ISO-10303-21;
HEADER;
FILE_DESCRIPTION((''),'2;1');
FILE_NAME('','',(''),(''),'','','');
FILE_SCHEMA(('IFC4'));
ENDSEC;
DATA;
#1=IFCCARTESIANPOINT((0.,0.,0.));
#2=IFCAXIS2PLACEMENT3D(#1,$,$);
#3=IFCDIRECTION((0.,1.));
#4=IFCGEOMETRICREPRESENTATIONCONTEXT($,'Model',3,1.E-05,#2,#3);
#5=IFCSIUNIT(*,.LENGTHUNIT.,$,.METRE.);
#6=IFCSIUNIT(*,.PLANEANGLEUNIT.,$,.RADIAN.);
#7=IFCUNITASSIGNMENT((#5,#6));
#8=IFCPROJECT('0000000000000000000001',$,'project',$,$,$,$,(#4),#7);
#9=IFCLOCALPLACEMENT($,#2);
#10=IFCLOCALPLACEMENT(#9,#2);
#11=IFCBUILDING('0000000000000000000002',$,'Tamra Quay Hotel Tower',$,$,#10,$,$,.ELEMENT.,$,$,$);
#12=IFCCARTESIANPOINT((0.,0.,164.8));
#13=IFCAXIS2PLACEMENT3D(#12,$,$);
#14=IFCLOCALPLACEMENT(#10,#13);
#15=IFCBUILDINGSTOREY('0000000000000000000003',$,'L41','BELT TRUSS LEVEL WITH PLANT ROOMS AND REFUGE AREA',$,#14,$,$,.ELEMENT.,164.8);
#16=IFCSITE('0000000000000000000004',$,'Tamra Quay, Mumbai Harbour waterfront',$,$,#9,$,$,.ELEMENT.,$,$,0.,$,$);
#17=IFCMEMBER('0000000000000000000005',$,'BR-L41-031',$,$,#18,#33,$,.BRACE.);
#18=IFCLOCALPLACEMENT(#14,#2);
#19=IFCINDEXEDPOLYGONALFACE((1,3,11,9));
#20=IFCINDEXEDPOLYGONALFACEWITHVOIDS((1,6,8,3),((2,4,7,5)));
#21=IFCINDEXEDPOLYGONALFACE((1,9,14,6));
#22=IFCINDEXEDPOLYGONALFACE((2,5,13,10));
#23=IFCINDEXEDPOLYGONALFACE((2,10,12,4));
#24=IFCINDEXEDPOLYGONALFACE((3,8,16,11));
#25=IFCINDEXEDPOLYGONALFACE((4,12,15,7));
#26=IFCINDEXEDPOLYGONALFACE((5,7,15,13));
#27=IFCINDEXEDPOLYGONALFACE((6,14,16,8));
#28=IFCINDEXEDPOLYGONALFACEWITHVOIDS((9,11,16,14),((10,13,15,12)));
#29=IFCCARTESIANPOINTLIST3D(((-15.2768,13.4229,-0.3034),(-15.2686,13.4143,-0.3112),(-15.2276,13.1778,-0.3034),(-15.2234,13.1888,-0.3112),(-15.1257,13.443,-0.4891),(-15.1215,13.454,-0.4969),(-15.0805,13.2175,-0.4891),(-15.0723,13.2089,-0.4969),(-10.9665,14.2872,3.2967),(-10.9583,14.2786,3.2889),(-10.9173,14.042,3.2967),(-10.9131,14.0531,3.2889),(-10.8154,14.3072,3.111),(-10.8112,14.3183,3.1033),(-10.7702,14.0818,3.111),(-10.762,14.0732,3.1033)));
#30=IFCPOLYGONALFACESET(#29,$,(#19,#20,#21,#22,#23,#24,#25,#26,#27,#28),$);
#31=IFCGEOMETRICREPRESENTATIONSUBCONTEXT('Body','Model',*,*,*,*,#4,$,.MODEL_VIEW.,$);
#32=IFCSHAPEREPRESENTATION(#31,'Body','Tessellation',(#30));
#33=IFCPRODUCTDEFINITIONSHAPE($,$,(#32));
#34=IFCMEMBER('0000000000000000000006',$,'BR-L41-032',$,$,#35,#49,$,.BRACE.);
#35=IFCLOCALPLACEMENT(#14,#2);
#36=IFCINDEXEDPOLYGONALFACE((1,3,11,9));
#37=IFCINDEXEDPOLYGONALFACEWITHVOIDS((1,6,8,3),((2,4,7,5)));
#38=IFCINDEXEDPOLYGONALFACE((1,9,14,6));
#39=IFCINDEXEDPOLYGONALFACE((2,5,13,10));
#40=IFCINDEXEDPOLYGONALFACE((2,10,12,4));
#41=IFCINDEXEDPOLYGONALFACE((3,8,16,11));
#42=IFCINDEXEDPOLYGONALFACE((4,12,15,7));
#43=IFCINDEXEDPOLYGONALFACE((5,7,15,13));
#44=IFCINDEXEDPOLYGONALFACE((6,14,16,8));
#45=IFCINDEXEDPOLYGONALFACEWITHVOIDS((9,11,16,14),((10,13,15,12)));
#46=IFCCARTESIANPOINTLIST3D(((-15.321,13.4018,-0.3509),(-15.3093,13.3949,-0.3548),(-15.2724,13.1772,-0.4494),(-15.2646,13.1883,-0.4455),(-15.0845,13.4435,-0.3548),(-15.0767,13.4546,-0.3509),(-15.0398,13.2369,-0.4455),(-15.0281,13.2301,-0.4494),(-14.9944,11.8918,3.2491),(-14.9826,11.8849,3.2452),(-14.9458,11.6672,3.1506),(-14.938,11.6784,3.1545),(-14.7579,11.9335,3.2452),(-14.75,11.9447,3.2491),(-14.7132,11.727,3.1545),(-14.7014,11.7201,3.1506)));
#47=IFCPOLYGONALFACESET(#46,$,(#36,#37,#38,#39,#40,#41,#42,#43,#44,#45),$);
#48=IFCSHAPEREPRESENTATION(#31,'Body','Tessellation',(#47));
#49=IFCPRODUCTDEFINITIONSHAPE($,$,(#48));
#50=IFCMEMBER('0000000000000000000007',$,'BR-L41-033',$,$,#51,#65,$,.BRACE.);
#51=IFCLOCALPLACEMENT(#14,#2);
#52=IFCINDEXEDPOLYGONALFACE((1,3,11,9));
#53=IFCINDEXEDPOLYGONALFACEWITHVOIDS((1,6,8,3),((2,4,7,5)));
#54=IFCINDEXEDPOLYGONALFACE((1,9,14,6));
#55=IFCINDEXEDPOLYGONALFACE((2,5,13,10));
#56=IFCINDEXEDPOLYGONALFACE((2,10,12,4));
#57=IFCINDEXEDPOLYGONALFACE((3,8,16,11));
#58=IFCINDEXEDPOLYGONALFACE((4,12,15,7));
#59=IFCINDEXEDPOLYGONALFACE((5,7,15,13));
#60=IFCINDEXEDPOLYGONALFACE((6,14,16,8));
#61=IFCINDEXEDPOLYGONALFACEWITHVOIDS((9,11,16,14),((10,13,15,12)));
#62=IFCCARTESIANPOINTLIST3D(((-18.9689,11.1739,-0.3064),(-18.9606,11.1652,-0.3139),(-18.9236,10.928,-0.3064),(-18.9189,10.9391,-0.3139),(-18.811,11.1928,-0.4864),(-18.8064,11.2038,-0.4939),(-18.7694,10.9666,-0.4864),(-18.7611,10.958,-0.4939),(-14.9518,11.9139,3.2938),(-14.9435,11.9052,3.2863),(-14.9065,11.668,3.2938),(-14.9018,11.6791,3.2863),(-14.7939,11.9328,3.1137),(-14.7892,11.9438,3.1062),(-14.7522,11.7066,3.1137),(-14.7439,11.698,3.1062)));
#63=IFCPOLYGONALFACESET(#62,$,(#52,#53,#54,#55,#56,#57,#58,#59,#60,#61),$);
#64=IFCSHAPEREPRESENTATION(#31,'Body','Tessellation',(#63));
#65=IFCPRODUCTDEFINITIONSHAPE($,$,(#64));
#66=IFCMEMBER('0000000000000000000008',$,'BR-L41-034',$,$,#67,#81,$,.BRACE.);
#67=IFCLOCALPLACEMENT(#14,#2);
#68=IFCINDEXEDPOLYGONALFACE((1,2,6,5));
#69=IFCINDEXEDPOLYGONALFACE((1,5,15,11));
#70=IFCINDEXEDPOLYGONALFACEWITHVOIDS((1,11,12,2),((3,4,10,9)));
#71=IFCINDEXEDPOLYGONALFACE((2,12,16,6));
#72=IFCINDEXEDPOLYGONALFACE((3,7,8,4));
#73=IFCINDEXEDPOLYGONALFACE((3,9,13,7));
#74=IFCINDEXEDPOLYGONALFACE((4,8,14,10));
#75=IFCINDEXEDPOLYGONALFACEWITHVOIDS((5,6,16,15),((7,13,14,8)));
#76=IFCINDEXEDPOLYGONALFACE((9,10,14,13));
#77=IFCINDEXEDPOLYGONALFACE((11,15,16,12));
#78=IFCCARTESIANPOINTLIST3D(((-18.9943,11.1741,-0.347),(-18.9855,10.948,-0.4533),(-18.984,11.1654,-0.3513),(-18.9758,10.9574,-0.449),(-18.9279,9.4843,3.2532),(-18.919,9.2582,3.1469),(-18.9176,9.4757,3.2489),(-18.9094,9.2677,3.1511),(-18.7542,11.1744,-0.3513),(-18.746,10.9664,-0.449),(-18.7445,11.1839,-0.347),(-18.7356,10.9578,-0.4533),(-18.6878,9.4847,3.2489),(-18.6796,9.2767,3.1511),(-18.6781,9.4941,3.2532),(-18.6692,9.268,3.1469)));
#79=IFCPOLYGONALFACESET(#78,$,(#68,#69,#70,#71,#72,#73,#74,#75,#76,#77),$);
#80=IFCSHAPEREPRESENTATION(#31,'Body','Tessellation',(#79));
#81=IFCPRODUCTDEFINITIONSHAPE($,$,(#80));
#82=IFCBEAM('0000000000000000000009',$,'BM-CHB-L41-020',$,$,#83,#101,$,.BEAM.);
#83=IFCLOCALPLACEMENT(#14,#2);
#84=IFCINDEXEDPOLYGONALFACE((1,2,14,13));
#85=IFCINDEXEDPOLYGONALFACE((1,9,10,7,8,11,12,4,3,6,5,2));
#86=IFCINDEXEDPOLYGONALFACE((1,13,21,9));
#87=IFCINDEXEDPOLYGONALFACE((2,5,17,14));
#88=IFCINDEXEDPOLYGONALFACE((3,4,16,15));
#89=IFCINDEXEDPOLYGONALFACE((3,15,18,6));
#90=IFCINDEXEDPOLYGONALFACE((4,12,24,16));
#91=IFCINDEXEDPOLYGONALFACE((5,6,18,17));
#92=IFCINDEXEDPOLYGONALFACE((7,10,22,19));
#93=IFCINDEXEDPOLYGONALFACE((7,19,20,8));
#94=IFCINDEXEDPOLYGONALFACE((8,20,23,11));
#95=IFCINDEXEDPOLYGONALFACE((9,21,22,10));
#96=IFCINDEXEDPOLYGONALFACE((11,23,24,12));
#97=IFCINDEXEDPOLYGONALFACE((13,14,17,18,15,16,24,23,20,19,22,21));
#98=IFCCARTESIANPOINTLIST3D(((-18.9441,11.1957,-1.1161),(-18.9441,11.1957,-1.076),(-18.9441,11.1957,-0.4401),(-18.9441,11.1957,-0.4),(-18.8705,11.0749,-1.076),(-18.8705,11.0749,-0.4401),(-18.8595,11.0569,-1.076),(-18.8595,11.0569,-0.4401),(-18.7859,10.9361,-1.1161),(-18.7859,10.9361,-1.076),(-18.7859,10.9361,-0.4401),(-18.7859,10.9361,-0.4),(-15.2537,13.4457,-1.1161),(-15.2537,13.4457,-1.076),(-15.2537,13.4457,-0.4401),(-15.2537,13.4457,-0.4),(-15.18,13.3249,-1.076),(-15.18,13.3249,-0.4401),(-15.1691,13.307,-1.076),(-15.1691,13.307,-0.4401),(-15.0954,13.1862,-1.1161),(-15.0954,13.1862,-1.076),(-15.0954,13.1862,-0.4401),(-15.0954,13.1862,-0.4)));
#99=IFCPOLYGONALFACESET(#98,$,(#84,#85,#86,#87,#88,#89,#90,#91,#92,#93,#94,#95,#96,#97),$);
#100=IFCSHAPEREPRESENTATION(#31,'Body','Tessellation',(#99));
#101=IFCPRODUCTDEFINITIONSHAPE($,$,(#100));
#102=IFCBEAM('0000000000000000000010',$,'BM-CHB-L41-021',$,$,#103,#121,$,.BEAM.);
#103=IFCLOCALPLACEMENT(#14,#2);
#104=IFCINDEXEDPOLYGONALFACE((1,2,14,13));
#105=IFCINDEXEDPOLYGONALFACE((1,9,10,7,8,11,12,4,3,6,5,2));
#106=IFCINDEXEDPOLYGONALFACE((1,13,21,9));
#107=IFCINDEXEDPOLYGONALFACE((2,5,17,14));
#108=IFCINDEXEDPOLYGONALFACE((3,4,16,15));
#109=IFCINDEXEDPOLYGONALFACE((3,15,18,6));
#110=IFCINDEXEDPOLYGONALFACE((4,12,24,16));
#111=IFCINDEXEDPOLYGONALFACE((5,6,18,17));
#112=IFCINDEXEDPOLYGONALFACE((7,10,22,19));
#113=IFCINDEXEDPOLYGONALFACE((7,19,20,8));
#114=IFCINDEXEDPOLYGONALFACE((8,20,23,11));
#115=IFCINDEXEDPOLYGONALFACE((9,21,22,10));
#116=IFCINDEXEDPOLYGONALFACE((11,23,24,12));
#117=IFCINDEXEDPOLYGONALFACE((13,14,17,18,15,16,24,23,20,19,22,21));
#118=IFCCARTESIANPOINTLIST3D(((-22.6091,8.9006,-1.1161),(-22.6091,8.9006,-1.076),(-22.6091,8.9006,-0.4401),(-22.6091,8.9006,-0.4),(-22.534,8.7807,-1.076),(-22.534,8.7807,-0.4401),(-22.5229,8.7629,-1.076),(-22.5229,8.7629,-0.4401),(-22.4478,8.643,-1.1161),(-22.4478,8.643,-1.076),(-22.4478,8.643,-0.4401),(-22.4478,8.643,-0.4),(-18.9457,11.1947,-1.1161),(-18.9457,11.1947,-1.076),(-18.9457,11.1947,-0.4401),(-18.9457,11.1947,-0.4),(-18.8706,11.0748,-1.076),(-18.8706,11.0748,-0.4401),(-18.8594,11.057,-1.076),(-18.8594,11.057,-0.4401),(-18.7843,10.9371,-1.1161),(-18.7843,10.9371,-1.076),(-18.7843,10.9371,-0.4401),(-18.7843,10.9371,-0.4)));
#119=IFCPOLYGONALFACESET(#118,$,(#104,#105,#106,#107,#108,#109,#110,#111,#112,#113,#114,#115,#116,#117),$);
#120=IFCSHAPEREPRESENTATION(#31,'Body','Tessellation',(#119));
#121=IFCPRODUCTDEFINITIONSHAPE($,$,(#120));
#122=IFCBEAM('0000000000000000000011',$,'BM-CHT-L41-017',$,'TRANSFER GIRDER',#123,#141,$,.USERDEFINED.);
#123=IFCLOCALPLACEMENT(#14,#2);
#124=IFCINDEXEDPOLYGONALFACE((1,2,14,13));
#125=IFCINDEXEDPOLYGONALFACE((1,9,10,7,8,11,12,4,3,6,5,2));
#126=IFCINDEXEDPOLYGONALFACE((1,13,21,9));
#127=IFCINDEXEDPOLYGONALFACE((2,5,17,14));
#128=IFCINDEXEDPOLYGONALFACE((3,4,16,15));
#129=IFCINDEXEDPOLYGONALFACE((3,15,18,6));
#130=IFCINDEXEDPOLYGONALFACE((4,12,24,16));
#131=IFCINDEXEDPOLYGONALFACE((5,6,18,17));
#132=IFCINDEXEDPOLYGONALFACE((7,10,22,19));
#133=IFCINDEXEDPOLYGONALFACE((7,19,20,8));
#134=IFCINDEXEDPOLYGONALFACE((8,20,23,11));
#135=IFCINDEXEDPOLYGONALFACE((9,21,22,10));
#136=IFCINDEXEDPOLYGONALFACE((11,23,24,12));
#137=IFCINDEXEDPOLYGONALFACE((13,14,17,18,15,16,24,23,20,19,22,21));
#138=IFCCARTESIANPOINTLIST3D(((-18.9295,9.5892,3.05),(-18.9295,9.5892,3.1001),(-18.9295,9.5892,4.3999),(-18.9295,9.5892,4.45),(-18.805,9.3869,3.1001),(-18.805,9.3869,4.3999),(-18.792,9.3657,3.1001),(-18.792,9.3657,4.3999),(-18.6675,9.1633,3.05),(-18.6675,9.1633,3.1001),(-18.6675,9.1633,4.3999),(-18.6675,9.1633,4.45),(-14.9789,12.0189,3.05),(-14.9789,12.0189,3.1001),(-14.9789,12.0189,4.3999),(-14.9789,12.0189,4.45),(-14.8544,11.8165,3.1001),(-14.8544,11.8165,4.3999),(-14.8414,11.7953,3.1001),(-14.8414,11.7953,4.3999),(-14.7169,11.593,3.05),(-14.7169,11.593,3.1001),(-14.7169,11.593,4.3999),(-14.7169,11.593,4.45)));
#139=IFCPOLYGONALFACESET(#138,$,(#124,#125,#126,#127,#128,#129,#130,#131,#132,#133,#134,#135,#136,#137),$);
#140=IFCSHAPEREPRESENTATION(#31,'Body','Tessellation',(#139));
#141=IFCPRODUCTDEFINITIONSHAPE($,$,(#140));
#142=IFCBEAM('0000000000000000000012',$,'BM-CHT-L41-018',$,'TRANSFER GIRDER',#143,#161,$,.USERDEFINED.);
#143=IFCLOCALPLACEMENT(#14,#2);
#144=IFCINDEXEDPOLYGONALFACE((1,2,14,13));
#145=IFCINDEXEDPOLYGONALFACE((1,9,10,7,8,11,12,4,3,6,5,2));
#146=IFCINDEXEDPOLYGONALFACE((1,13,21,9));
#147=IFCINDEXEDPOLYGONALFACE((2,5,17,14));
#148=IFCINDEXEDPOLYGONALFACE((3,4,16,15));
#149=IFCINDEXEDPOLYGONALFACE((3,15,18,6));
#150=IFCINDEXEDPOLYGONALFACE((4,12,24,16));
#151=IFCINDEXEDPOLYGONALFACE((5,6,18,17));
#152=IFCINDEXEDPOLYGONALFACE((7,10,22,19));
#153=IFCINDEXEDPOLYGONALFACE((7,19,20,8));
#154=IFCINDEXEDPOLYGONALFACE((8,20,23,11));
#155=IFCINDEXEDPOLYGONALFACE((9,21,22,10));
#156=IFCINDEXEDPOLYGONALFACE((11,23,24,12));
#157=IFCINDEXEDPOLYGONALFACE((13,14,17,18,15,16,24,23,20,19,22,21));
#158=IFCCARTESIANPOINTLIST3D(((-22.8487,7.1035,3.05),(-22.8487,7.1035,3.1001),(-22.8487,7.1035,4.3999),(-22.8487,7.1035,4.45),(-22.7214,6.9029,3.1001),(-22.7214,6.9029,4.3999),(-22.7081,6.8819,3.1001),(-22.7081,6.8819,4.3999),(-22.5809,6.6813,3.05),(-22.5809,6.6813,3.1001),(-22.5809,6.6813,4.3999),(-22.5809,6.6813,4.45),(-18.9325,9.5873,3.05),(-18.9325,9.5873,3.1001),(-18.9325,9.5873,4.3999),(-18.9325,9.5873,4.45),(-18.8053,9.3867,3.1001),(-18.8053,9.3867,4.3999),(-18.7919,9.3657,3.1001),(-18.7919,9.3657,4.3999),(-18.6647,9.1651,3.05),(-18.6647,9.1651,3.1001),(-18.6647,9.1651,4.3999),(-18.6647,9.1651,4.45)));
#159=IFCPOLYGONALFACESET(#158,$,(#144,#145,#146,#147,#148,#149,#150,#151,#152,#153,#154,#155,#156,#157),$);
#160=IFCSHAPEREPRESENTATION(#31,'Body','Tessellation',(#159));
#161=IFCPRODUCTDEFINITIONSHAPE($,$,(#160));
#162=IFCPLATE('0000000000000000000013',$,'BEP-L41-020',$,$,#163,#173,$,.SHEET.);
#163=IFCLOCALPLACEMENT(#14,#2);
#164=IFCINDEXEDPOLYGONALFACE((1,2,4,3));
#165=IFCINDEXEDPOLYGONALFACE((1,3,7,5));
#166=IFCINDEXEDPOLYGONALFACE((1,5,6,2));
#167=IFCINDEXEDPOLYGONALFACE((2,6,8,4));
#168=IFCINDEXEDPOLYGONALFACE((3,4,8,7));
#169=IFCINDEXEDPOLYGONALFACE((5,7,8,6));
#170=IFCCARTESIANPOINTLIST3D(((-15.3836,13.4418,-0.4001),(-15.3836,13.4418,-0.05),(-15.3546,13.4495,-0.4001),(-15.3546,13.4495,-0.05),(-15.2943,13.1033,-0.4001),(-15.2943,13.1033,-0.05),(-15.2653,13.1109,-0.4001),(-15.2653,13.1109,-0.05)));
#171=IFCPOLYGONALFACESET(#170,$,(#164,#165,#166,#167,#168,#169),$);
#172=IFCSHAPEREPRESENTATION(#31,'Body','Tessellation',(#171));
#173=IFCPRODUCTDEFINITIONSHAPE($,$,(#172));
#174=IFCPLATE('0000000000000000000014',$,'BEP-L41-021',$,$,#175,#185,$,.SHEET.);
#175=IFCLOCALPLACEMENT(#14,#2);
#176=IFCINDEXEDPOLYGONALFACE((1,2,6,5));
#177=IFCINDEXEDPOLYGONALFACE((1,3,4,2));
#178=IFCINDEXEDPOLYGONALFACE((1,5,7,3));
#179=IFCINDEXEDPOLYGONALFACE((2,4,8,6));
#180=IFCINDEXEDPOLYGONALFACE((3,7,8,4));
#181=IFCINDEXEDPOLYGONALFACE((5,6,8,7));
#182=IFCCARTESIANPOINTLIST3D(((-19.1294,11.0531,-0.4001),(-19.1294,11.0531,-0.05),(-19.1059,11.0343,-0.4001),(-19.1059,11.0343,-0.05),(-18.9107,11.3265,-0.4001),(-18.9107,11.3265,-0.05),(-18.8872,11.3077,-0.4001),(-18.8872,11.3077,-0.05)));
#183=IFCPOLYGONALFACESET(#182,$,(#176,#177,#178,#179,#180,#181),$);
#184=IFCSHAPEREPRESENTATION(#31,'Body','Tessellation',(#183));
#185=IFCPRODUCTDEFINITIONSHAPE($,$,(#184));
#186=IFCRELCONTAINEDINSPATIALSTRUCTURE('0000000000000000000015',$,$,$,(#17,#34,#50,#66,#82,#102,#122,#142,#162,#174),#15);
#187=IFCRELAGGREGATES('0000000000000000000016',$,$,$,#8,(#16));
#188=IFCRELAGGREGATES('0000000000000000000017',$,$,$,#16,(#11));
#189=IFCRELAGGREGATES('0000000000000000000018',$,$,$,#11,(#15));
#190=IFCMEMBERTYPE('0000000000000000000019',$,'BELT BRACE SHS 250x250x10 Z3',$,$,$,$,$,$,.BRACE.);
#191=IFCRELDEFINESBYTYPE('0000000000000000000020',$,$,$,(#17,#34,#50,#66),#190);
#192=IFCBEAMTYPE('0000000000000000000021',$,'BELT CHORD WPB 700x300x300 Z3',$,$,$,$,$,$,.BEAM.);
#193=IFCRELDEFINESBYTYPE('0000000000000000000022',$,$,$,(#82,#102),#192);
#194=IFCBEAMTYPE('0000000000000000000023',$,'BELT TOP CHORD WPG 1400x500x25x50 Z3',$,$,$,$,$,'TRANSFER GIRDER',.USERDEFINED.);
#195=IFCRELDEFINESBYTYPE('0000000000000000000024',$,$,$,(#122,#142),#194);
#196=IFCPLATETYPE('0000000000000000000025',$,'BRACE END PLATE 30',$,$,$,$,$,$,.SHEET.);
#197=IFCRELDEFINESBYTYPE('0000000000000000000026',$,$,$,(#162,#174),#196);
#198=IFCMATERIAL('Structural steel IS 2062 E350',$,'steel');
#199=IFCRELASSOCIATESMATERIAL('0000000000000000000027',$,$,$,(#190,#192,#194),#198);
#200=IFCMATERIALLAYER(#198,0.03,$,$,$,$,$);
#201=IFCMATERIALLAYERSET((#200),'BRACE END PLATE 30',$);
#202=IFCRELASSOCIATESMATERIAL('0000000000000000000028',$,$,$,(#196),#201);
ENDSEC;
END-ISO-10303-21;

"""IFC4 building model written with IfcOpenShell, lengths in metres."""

from ifc_helpers import new_model, si_unit, direction, frame, origin, origin_2d, place, context, subcontext, project, spatial, rectangle, hollow_rectangle, i_section, extrude, material, layer, layer_set, material_profile, profile_set, type_object, element, save


model = new_model("IFC4")

# Units and contexts
model_context = context("Model", 3, precision=1e-05, world=origin(), true_north=direction((0.0, 1.0)))
body_context = subcontext(model_context, "Body", "Model", "MODEL_VIEW")
ifc_project = project(units=[si_unit("LENGTHUNIT", "METRE"), si_unit("PLANEANGLEUNIT", "RADIAN")], contexts=[model_context])

# Site, building, storey
site_placement = place(None, origin())
site = spatial("IfcSite", under=ifc_project, at=site_placement, Name="Tamra Quay, Mumbai Harbour waterfront", CompositionType="ELEMENT", RefElevation=0.0)
building_placement = place(site_placement, origin())
building = spatial("IfcBuilding", under=site, at=building_placement, Name="Tamra Quay Hotel Tower", CompositionType="ELEMENT")
storey_placement = place(building_placement, frame((0.0, 0.0, 164.8)))
storey = spatial("IfcBuildingStorey", under=building, at=storey_placement, Name="L41", Description="BELT TRUSS LEVEL WITH PLANT ROOMS AND REFUGE AREA", CompositionType="ELEMENT", Elevation=164.8)

# Members
ifc_material_1 = material(Name="Structural steel IS 2062 E350", Category="steel")
ifc_material_profile_1 = material_profile(ifc_material_1, hollow_rectangle(XDim=0.25, YDim=0.25, WallThickness=0.01, at=origin_2d()), Name="SHS 250x250x10")
ifc_profile_set_1 = profile_set([ifc_material_profile_1], Name="Structural steel IS 2062 E350")
member_type = type_object("IfcMemberType", Name="BELT BRACE SHS 250x250x10 Z3", PredefinedType="BRACE", material=ifc_profile_set_1)
member_1_placement = place(storey_placement, frame((-15.1746, 13.3159, -0.4001), z_axis=(0.758575, 0.152102, 0.633585), x_axis=(-0.196597, 0.980484, 0.0)))
element("IfcMember", 1, at=member_1_placement, inside=storey, type_object=member_type, Name="BR-L41-031", PredefinedType="BRACE", context=body_context, shape_type="SweptSolid", body=[
    extrude(hollow_rectangle(XDim=0.25, YDim=0.25, WallThickness=0.01, at=origin_2d()), origin(), (0.0, 0.0, 1.0), 5.6821),
])
member_2_placement = place(storey_placement, frame((-15.1746, 13.3159, -0.4001), z_axis=(0.083383, -0.385443, 0.918956), x_axis=(0.977391, 0.211439, 0.0)))
element("IfcMember", 2, at=member_2_placement, inside=storey, type_object=member_type, Name="BR-L41-032", PredefinedType="BRACE", context=body_context, shape_type="SweptSolid", body=[
    extrude(hollow_rectangle(XDim=0.25, YDim=0.25, WallThickness=0.01, at=origin_2d()), origin(), (0.0, 0.0, 1.0), 3.9175),
])
member_3_placement = place(storey_placement, frame((-18.865, 11.0659, -0.4001), z_axis=(0.737791, 0.135909, 0.661205), x_axis=(-0.181162, 0.983453, 0.0)))
element("IfcMember", 3, at=member_3_placement, inside=storey, type_object=member_type, Name="BR-L41-033", PredefinedType="BRACE", context=body_context, shape_type="SweptSolid", body=[
    extrude(hollow_rectangle(XDim=0.25, YDim=0.25, WallThickness=0.01, at=origin_2d()), origin(), (0.0, 0.0, 1.0), 5.4448),
])
member_4_placement = place(storey_placement, frame((-18.865, 11.0659, -0.4001), z_axis=(0.016696, -0.424818, 0.905125), x_axis=(0.999229, 0.03927, 0.0)))
element("IfcMember", 4, at=member_4_placement, inside=storey, type_object=member_type, Name="BR-L41-034", PredefinedType="BRACE", context=body_context, shape_type="SweptSolid", body=[
    extrude(hollow_rectangle(XDim=0.25, YDim=0.25, WallThickness=0.01, at=origin_2d()), origin(), (0.0, 0.0, 1.0), 3.9775),
])

# Beams
ifc_material_profile_2 = material_profile(ifc_material_1, i_section(OverallWidth=0.304, OverallDepth=0.7161, WebThickness=0.021, FlangeThickness=0.04, at=origin_2d()), Name="WPB 700x300x300")
ifc_profile_set_2 = profile_set([ifc_material_profile_2], Name="Structural steel IS 2062 E350")
beam_type_1 = type_object("IfcBeamType", Name="BELT CHORD WPB 700x300x300 Z3", PredefinedType="BEAM", material=ifc_profile_set_2)
beam_1_placement = place(storey_placement, frame((-15.1746, 13.3159, -0.7581), z_axis=(-0.853823, -0.520563, 0.0), x_axis=(0.520563, -0.853823, 0.0)))
element("IfcBeam", 5, at=beam_1_placement, inside=storey, type_object=beam_type_1, Name="BM-CHB-L41-020", PredefinedType="BEAM", context=body_context, shape_type="SweptSolid", body=[
    extrude(i_section(OverallWidth=0.304, OverallDepth=0.7161, WebThickness=0.021, FlangeThickness=0.04, at=origin_2d()), origin(), (0.0, 0.0, 1.0), 4.3223),
])
beam_2_placement = place(storey_placement, frame((-18.865, 11.0659, -0.7581), z_axis=(-0.847535, -0.53074, 0.0), x_axis=(0.53074, -0.847535, 0.0)))
element("IfcBeam", 6, at=beam_2_placement, inside=storey, type_object=beam_type_1, Name="BM-CHB-L41-021", PredefinedType="BEAM", context=body_context, shape_type="SweptSolid", body=[
    extrude(i_section(OverallWidth=0.304, OverallDepth=0.7161, WebThickness=0.021, FlangeThickness=0.04, at=origin_2d()), origin(), (0.0, 0.0, 1.0), 4.3225),
])
ifc_material_profile_3 = material_profile(ifc_material_1, i_section(OverallWidth=0.5, OverallDepth=1.3999, WebThickness=0.0249, FlangeThickness=0.05, at=origin_2d()), Name="WPG 1400x500x25x50")
ifc_profile_set_3 = profile_set([ifc_material_profile_3], Name="Structural steel IS 2062 E350")
beam_type_2 = type_object("IfcBeamType", Name="BELT TOP CHORD WPG 1400x500x25x50 Z3", ElementType="TRANSFER GIRDER", PredefinedType="USERDEFINED", material=ifc_profile_set_3)
beam_3_placement = place(storey_placement, frame((-14.8479, 11.8059, 3.75), z_axis=(-0.851803, -0.523862, 0.0), x_axis=(0.523862, -0.851803, 0.0)))
element("IfcBeam", 7, at=beam_3_placement, inside=storey, type_object=beam_type_2, Name="BM-CHT-L41-017", ObjectType="TRANSFER GIRDER", PredefinedType="USERDEFINED", context=body_context, shape_type="SweptSolid", body=[
    extrude(i_section(OverallWidth=0.5, OverallDepth=1.3999, WebThickness=0.0249, FlangeThickness=0.05, at=origin_2d()), origin(), (0.0, 0.0, 1.0), 4.6379),
])
beam_4_placement = place(storey_placement, frame((-18.7986, 9.3762, 3.75), z_axis=(-0.844469, -0.535604, 0.0), x_axis=(0.535604, -0.844469, 0.0)))
element("IfcBeam", 8, at=beam_4_placement, inside=storey, type_object=beam_type_2, Name="BM-CHT-L41-018", ObjectType="TRANSFER GIRDER", PredefinedType="USERDEFINED", context=body_context, shape_type="SweptSolid", body=[
    extrude(i_section(OverallWidth=0.5, OverallDepth=1.3999, WebThickness=0.0249, FlangeThickness=0.05, at=origin_2d()), origin(), (0.0, 0.0, 1.0), 4.6375),
])

# Plates
ifc_layer_1 = layer(ifc_material_1, 0.03)
ifc_layer_set_1 = layer_set([ifc_layer_1], Name="BRACE END PLATE 30")
plate_type = type_object("IfcPlateType", Name="BRACE END PLATE 30", PredefinedType="SHEET", material=ifc_layer_set_1)
for number, where, z_axis, x_axis, name in (
    (9, (-15.3245, 13.2764, -0.4001), (0.0, 0.0, 1.0), (0.966942, 0.254997, 0.0), "BEP-L41-020"),
    (10, (-19.0083, 11.1804, -0.4001), (0.0, 0.0, 1.0), (-0.78091, 0.624643, 0.0), "BEP-L41-021"),
):
    element("IfcPlate", number, at=place(storey_placement, frame(where, z_axis=z_axis, x_axis=x_axis)), inside=storey, type_object=plate_type, Name=name, PredefinedType="SHEET", context=body_context, shape_type="SweptSolid", body=[
        extrude(rectangle(XDim=0.03, YDim=0.3501, at=origin_2d()), origin(), (0.0, 0.0, 1.0), 0.3501),
    ])

save(model, "model.ifc")
